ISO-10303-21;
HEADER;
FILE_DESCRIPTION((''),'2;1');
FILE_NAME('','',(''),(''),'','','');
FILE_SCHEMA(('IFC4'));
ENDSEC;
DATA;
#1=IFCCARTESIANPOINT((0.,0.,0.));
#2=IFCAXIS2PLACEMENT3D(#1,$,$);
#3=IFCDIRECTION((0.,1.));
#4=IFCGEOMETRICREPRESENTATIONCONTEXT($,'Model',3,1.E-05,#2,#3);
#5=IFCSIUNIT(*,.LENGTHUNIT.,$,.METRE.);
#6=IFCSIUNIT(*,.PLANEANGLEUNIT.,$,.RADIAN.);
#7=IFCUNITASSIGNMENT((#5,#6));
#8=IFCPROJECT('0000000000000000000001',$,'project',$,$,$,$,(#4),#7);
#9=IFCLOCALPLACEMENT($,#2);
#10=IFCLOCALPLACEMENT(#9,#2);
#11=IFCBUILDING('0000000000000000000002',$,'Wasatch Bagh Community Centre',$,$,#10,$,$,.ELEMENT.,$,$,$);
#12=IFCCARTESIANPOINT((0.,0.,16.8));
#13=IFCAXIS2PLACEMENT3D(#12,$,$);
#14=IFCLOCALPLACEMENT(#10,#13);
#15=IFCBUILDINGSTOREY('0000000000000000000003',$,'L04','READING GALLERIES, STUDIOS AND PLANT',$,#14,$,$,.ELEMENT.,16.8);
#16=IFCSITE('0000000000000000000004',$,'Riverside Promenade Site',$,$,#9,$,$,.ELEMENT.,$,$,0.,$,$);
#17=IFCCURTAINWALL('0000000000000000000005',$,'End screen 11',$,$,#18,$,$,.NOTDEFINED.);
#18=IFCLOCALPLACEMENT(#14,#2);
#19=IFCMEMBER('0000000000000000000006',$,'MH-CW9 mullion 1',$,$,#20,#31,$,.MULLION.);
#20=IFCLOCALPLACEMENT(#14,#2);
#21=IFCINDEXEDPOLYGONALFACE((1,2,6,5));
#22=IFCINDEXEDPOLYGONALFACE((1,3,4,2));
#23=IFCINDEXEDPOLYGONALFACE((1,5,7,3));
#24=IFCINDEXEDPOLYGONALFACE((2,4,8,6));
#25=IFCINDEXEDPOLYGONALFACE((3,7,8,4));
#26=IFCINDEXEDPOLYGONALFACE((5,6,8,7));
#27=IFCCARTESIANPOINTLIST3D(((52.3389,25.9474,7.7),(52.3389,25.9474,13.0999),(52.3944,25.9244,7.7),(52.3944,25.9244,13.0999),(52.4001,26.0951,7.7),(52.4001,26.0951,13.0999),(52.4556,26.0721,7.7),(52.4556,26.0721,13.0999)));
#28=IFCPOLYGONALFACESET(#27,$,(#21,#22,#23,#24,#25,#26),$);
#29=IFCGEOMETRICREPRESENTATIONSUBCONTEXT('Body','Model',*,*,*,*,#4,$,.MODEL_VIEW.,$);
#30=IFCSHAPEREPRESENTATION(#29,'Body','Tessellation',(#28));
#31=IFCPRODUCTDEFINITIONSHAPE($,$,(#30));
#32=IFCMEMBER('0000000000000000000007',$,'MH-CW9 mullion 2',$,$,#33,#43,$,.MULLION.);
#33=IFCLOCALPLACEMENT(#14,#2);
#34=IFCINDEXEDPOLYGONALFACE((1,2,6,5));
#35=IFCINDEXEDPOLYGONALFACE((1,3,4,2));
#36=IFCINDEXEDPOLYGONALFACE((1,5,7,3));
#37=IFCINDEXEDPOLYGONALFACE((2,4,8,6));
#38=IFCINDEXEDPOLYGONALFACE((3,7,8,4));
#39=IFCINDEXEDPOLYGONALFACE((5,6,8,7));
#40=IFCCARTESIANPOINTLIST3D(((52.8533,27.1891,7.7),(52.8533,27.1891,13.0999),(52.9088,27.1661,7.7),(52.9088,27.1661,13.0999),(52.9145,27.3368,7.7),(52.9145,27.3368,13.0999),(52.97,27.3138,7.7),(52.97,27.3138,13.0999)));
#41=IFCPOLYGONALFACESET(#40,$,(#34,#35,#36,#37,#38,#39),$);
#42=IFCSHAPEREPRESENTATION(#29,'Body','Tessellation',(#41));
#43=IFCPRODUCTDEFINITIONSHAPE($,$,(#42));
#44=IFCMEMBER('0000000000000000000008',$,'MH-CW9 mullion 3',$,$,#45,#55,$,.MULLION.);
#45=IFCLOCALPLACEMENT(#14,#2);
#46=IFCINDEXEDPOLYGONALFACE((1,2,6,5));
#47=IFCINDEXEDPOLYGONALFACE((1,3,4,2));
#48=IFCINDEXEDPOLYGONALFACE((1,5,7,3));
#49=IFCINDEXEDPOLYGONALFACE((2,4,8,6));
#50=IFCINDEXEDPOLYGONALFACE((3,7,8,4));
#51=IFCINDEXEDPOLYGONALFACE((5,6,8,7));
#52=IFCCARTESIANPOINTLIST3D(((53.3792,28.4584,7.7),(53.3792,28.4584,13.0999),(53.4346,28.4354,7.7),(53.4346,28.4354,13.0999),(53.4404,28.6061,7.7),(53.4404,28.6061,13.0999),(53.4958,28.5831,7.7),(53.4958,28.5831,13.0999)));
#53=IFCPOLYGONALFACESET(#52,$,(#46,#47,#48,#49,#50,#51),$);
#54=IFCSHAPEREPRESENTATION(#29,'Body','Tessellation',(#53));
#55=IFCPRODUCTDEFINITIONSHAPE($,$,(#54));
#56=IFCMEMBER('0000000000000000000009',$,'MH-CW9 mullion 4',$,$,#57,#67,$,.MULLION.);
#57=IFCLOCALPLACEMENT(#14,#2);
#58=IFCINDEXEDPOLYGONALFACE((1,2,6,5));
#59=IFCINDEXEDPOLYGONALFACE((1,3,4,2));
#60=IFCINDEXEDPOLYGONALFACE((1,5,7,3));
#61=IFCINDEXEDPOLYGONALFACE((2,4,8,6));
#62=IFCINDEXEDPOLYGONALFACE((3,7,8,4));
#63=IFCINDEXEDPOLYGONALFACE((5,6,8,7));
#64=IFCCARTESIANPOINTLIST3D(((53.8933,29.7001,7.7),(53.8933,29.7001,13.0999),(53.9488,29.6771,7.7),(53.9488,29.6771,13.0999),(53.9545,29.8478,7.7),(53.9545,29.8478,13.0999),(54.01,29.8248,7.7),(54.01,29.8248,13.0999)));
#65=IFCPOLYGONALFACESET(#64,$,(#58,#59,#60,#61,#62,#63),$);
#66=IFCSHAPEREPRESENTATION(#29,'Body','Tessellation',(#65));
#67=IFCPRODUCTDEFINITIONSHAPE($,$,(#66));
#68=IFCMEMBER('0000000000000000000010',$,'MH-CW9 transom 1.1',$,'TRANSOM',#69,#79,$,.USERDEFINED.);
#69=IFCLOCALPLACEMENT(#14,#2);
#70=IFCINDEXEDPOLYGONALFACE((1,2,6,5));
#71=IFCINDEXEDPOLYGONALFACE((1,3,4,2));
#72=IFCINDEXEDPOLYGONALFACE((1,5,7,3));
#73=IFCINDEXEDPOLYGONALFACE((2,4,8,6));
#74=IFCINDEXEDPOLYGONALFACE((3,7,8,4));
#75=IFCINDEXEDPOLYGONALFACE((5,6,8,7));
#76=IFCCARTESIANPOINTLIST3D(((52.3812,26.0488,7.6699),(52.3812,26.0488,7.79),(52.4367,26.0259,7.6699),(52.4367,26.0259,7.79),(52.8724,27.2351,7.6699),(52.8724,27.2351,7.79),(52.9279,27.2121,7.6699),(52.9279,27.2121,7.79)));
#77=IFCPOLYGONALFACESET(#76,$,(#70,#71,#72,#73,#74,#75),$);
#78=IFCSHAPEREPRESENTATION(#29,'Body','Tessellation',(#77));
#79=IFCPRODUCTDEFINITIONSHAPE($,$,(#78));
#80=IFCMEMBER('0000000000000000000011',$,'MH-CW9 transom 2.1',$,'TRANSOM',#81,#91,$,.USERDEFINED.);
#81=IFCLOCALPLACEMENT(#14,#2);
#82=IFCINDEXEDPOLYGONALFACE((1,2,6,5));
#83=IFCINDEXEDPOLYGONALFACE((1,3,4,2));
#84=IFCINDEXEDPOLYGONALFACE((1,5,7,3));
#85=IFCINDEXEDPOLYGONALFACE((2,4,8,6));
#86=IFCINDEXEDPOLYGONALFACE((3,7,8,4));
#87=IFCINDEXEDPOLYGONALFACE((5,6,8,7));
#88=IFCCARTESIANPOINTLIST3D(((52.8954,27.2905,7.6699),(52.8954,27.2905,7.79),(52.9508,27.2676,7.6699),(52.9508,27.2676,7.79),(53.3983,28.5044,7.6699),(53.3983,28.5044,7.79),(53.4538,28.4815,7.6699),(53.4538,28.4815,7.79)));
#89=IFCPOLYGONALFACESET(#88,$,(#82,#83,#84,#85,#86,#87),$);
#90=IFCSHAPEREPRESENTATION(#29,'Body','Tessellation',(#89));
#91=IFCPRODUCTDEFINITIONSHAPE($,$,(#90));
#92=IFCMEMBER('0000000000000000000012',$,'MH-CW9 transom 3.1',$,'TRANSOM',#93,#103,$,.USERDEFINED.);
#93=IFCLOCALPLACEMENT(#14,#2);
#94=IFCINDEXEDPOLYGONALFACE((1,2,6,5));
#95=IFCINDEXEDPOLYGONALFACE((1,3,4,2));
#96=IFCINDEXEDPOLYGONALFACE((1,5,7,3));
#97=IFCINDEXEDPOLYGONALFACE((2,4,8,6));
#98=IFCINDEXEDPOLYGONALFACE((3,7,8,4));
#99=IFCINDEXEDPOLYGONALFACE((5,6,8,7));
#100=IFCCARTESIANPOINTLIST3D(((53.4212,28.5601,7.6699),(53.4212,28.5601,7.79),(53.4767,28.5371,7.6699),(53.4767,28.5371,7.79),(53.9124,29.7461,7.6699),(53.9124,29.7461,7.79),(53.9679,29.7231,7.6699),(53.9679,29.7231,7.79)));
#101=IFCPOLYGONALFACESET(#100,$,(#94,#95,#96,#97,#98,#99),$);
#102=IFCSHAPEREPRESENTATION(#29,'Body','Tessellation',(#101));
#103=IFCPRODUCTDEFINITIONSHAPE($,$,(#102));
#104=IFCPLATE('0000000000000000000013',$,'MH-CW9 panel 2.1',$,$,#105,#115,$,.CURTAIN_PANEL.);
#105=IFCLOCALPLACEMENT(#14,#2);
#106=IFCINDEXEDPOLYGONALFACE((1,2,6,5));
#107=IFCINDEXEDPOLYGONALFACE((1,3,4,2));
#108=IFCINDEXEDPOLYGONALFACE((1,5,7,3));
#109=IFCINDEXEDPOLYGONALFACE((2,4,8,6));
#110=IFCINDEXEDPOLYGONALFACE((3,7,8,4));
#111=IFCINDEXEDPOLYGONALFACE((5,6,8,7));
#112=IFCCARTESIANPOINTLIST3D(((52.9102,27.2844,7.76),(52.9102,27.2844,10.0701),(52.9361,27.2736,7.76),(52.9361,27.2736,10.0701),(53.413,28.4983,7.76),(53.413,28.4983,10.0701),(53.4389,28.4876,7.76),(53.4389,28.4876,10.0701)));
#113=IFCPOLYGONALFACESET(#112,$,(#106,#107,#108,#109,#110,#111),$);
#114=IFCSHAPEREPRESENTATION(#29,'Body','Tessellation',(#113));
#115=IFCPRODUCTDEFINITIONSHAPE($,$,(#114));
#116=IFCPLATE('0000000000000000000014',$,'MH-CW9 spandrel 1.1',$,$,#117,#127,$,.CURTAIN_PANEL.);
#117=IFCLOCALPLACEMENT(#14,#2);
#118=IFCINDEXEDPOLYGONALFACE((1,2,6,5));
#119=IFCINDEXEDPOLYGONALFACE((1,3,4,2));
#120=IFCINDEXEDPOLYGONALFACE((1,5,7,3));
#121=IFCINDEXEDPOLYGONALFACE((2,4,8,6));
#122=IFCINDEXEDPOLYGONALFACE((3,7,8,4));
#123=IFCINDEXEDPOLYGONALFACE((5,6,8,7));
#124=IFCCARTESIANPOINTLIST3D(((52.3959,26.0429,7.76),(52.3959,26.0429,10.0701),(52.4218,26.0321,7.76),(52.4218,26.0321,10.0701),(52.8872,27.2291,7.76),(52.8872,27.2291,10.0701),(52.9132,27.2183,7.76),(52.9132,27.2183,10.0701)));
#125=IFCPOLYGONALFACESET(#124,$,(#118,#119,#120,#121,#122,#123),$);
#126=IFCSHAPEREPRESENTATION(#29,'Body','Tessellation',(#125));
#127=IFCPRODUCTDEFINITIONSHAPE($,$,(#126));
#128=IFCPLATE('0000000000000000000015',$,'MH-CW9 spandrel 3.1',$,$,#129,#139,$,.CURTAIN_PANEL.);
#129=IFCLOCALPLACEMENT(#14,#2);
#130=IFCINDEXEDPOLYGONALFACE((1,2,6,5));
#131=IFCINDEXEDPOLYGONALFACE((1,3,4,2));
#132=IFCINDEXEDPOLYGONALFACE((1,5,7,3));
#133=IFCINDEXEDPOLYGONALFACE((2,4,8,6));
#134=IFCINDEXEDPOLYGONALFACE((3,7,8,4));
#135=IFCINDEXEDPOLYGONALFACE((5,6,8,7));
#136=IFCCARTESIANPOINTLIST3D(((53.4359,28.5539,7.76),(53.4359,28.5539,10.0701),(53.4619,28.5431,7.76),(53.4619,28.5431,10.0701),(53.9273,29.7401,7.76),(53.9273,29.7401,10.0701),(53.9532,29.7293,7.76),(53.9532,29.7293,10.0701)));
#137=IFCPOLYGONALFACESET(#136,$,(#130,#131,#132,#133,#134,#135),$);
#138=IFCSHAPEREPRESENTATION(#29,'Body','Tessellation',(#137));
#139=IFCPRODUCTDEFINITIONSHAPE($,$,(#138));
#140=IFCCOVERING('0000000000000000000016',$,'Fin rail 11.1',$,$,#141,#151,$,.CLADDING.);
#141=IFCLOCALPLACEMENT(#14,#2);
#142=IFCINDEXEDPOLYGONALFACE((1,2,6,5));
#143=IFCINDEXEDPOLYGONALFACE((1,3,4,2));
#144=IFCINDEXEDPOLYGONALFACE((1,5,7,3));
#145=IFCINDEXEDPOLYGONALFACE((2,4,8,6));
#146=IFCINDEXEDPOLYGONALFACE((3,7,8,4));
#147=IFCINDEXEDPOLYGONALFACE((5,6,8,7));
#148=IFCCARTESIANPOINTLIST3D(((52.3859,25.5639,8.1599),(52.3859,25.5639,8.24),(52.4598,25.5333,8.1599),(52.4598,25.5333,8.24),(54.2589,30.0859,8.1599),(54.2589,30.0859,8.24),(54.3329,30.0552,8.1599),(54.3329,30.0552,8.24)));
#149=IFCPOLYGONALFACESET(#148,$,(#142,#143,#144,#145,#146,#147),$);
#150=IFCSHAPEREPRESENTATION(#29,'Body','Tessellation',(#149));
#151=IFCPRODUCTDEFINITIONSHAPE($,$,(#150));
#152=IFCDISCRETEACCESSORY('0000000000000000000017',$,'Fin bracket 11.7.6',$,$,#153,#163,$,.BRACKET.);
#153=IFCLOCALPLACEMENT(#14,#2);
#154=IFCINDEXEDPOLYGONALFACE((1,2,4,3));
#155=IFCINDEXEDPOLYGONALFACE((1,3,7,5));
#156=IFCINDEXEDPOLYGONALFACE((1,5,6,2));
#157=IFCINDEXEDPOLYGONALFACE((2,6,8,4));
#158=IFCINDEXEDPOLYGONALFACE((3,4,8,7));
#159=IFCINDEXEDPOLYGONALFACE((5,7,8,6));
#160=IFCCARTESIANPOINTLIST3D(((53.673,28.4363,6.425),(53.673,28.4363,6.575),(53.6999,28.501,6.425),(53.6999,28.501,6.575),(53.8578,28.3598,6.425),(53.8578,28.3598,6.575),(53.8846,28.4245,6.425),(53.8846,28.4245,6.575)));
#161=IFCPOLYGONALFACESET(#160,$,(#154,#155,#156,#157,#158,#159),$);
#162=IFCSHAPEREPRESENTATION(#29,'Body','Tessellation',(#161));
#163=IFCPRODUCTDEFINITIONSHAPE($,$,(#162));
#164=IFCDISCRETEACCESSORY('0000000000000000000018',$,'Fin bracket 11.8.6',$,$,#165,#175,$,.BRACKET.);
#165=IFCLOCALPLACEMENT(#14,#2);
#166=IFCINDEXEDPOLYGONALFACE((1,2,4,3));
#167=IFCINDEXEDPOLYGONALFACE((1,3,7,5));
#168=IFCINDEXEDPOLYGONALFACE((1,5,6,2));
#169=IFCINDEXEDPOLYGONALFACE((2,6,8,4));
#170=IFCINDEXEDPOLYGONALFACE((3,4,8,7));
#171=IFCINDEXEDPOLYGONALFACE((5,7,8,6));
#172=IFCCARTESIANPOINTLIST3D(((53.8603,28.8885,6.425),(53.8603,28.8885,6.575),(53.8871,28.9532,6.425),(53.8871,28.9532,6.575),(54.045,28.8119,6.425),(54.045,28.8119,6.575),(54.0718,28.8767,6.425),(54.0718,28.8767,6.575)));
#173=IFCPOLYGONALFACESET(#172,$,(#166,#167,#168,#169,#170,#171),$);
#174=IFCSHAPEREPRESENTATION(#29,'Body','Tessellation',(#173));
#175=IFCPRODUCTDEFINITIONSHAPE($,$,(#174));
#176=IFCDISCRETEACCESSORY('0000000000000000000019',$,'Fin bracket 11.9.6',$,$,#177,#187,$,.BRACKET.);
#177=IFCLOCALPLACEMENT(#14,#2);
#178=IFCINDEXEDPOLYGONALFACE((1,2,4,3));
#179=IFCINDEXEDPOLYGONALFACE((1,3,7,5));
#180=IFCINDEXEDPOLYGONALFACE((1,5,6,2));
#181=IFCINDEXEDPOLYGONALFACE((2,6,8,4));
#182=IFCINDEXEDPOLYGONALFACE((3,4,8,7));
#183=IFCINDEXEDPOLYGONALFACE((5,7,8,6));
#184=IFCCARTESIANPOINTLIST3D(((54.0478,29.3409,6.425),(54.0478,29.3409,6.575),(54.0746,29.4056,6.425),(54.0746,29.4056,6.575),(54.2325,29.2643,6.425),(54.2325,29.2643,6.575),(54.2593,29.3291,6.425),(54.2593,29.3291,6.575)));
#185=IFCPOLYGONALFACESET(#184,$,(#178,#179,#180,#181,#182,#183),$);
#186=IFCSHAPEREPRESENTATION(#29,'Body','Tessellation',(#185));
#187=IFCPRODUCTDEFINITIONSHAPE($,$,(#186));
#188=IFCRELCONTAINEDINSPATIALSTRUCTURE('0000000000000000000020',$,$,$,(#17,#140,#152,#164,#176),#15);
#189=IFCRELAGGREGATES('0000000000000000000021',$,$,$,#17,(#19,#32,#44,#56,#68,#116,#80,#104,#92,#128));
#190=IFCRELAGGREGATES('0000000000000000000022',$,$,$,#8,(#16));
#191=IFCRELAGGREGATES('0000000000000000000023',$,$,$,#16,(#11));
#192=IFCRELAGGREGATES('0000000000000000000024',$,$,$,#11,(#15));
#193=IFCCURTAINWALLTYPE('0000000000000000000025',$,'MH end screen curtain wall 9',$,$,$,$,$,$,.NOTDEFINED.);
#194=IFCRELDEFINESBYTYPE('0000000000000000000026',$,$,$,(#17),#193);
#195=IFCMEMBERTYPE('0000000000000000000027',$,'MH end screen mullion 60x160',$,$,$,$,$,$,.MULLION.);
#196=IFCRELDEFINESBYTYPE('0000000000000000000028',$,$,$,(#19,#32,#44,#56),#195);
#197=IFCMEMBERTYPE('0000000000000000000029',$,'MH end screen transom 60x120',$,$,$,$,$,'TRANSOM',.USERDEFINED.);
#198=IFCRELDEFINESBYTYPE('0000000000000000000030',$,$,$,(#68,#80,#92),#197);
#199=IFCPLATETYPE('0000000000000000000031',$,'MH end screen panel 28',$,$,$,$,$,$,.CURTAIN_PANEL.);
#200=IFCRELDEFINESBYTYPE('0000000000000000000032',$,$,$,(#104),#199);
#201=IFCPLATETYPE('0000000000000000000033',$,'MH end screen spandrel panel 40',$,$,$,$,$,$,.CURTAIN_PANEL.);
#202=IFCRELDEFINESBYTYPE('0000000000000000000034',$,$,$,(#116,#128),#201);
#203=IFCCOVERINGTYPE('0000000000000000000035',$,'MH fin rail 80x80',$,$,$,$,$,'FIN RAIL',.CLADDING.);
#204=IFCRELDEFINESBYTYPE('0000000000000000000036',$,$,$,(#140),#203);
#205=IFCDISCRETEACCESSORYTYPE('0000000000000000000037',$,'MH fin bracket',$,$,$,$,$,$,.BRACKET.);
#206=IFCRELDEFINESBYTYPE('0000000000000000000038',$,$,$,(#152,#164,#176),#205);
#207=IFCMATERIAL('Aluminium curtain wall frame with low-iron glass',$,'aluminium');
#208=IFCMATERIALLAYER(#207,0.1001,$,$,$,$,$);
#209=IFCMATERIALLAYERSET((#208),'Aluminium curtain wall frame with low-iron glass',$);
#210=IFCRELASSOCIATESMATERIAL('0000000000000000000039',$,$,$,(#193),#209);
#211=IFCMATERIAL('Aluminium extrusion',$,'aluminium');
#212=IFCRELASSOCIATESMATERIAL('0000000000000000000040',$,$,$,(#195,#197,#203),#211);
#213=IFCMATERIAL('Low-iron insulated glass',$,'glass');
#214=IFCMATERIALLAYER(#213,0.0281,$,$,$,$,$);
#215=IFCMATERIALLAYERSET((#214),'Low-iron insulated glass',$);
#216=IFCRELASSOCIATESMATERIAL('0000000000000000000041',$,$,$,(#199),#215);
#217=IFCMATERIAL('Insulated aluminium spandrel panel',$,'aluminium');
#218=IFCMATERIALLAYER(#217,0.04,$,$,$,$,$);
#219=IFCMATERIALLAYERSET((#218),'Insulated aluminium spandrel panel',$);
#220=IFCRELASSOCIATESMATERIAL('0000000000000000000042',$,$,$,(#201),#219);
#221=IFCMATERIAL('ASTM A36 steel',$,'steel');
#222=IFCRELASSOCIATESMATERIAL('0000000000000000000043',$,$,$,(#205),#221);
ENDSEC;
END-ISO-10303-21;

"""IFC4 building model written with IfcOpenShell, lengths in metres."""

from ifc_helpers import new_model, si_unit, direction, frame, origin, origin_2d, place, context, subcontext, project, spatial, rectangle, extrude, material, layer, layer_set, material_profile, profile_set, type_object, element, aggregate, save


model = new_model("IFC4")

# Units and contexts
model_context = context("Model", 3, precision=1e-05, world=origin(), true_north=direction((0.0, 1.0)))
body_context = subcontext(model_context, "Body", "Model", "MODEL_VIEW")
ifc_project = project(units=[si_unit("LENGTHUNIT", "METRE"), si_unit("PLANEANGLEUNIT", "RADIAN")], contexts=[model_context])

# Site, building, storey
site_placement = place(None, origin())
site = spatial("IfcSite", under=ifc_project, at=site_placement, Name="Riverside Promenade Site", CompositionType="ELEMENT", RefElevation=0.0)
building_placement = place(site_placement, origin())
building = spatial("IfcBuilding", under=site, at=building_placement, Name="Wasatch Bagh Community Centre", CompositionType="ELEMENT")
storey_placement = place(building_placement, frame((0.0, 0.0, 16.8)))
storey = spatial("IfcBuildingStorey", under=building, at=storey_placement, Name="L04", Description="READING GALLERIES, STUDIOS AND PLANT", CompositionType="ELEMENT", Elevation=16.8)

# Curtain wall, members, plates
ifc_material_1 = material(Name="Aluminium curtain wall frame with low-iron glass", Category="aluminium")
ifc_layer_1 = layer(ifc_material_1, 0.1001)
ifc_layer_set_1 = layer_set([ifc_layer_1], Name="Aluminium curtain wall frame with low-iron glass")
curtain_wall_type = type_object("IfcCurtainWallType", Name="MH end screen curtain wall 9", PredefinedType="NOTDEFINED", material=ifc_layer_set_1)
curtain_wall_placement = place(storey_placement, origin())
curtain_wall = element("IfcCurtainWall", 1, at=curtain_wall_placement, inside=storey, type_object=curtain_wall_type, Name="End screen 11", PredefinedType="NOTDEFINED")
ifc_material_2 = material(Name="Aluminium extrusion", Category="aluminium")
ifc_material_profile_1 = material_profile(ifc_material_2, rectangle(XDim=0.0601, YDim=0.1599, at=origin_2d()), Name="AL 60x160")
ifc_profile_set_1 = profile_set([ifc_material_profile_1], Name="Aluminium extrusion")
member_type_1 = type_object("IfcMemberType", Name="MH end screen mullion 60x160", PredefinedType="MULLION", material=ifc_profile_set_1)
member_1_placement = place(storey_placement, frame((52.3972, 26.0098, 7.7), z_axis=(0.0, 0.0, 1.0), x_axis=(-0.92388, 0.382683, 0.0)))
member_1 = element("IfcMember", 2, at=member_1_placement, type_object=member_type_1, Name="MH-CW9 mullion 1", PredefinedType="MULLION", context=body_context, shape_type="SweptSolid", body=[
    extrude(rectangle(XDim=0.0601, YDim=0.1599, at=origin_2d()), origin(), (0.0, 0.0, 1.0), 5.3999),
])
member_2_placement = place(storey_placement, frame((52.9116, 27.2515, 7.7), z_axis=(0.0, 0.0, 1.0), x_axis=(-0.92388, 0.382683, 0.0)))
member_2 = element("IfcMember", 3, at=member_2_placement, type_object=member_type_1, Name="MH-CW9 mullion 2", PredefinedType="MULLION", context=body_context, shape_type="SweptSolid", body=[
    extrude(rectangle(XDim=0.0601, YDim=0.1599, at=origin_2d()), origin(), (0.0, 0.0, 1.0), 5.3999),
])
member_3_placement = place(storey_placement, frame((53.4375, 28.5208, 7.7), z_axis=(0.0, 0.0, 1.0), x_axis=(-0.92388, 0.382683, 0.0)))
member_3 = element("IfcMember", 4, at=member_3_placement, type_object=member_type_1, Name="MH-CW9 mullion 3", PredefinedType="MULLION", context=body_context, shape_type="SweptSolid", body=[
    extrude(rectangle(XDim=0.0601, YDim=0.1599, at=origin_2d()), origin(), (0.0, 0.0, 1.0), 5.3999),
])
member_4_placement = place(storey_placement, frame((53.9517, 29.7625, 7.7), z_axis=(0.0, 0.0, 1.0), x_axis=(-0.92388, 0.382683, 0.0)))
member_4 = element("IfcMember", 5, at=member_4_placement, type_object=member_type_1, Name="MH-CW9 mullion 4", PredefinedType="MULLION", context=body_context, shape_type="SweptSolid", body=[
    extrude(rectangle(XDim=0.0601, YDim=0.1599, at=origin_2d()), origin(), (0.0, 0.0, 1.0), 5.3999),
])
ifc_material_profile_2 = material_profile(ifc_material_2, rectangle(XDim=0.0601, YDim=0.1201, at=origin_2d()), Name="AL 60x120")
ifc_profile_set_2 = profile_set([ifc_material_profile_2], Name="Aluminium extrusion")
member_type_2 = type_object("IfcMemberType", Name="MH end screen transom 60x120", ElementType="TRANSOM", PredefinedType="USERDEFINED", material=ifc_profile_set_2)
member_5_placement = place(storey_placement, frame((52.4089, 26.0374, 7.73), z_axis=(0.382576, 0.923924, 0.0), x_axis=(-0.923924, 0.382576, 0.0)))
member_5 = element("IfcMember", 6, at=member_5_placement, type_object=member_type_2, Name="MH-CW9 transom 1.1", ObjectType="TRANSOM", PredefinedType="USERDEFINED", context=body_context, shape_type="SweptSolid", body=[
    extrude(rectangle(XDim=0.0601, YDim=0.1201, at=origin_2d()), origin(), (0.0, 0.0, 1.0), 1.2839),
])
member_6_placement = place(storey_placement, frame((52.9231, 27.2791, 7.73), z_axis=(0.382768, 0.923845, 0.0), x_axis=(-0.923845, 0.382768, 0.0)))
member_6 = element("IfcMember", 7, at=member_6_placement, type_object=member_type_2, Name="MH-CW9 transom 2.1", ObjectType="TRANSOM", PredefinedType="USERDEFINED", context=body_context, shape_type="SweptSolid", body=[
    extrude(rectangle(XDim=0.0601, YDim=0.1201, at=origin_2d()), origin(), (0.0, 0.0, 1.0), 1.314),
])
member_7_placement = place(storey_placement, frame((53.449, 28.5486, 7.73), z_axis=(0.382643, 0.923896, 0.0), x_axis=(-0.923896, 0.382643, 0.0)))
member_7 = element("IfcMember", 8, at=member_7_placement, type_object=member_type_2, Name="MH-CW9 transom 3.1", ObjectType="TRANSOM", PredefinedType="USERDEFINED", context=body_context, shape_type="SweptSolid", body=[
    extrude(rectangle(XDim=0.0601, YDim=0.1201, at=origin_2d()), origin(), (0.0, 0.0, 1.0), 1.2837),
])
ifc_material_3 = material(Name="Low-iron insulated glass", Category="glass")
ifc_layer_2 = layer(ifc_material_3, 0.0281)
ifc_layer_set_2 = layer_set([ifc_layer_2], Name="Low-iron insulated glass")
plate_type_1 = type_object("IfcPlateType", Name="MH end screen panel 28", PredefinedType="CURTAIN_PANEL", material=ifc_layer_set_2)
plate_1_placement = place(storey_placement, frame((53.1746, 27.886, 7.76), z_axis=(0.0, 0.0, 1.0), x_axis=(0.382683, 0.92388, 0.0)))
plate_1 = element("IfcPlate", 9, at=plate_1_placement, type_object=plate_type_1, Name="MH-CW9 panel 2.1", PredefinedType="CURTAIN_PANEL", context=body_context, shape_type="SweptSolid", body=[
    extrude(rectangle(XDim=1.314, YDim=0.0281, at=origin_2d()), origin(), (0.0, 0.0, 1.0), 2.3101),
])
ifc_material_4 = material(Name="Insulated aluminium spandrel panel", Category="aluminium")
ifc_layer_3 = layer(ifc_material_4, 0.04)
ifc_layer_set_3 = layer_set([ifc_layer_3], Name="Insulated aluminium spandrel panel")
plate_type_2 = type_object("IfcPlateType", Name="MH end screen spandrel panel 40", PredefinedType="CURTAIN_PANEL", material=ifc_layer_set_3)
plate_2_placement = place(storey_placement, frame((52.6545, 26.6306, 7.76), z_axis=(0.0, 0.0, 1.0), x_axis=(0.382683, 0.92388, 0.0)))
plate_2 = element("IfcPlate", 10, at=plate_2_placement, type_object=plate_type_2, Name="MH-CW9 spandrel 1.1", PredefinedType="CURTAIN_PANEL", context=body_context, shape_type="SweptSolid", body=[
    extrude(rectangle(XDim=1.2839, YDim=0.0281, at=origin_2d()), origin(), (0.0, 0.0, 1.0), 2.3101),
])
plate_3_placement = place(storey_placement, frame((53.6946, 29.1416, 7.76), z_axis=(0.0, 0.0, 1.0), x_axis=(0.382683, 0.92388, 0.0)))
plate_3 = element("IfcPlate", 11, at=plate_3_placement, type_object=plate_type_2, Name="MH-CW9 spandrel 3.1", PredefinedType="CURTAIN_PANEL", context=body_context, shape_type="SweptSolid", body=[
    extrude(rectangle(XDim=1.2839, YDim=0.0281, at=origin_2d()), origin(), (0.0, 0.0, 1.0), 2.3101),
])
aggregate(curtain_wall, [member_1, member_2, member_3, member_4, member_5, plate_2, member_6, plate_1, member_7, plate_3])

# Covering
ifc_material_profile_3 = material_profile(ifc_material_2, rectangle(XDim=0.0801, YDim=0.0801, at=origin_2d()), Name="AL 80x80")
ifc_profile_set_3 = profile_set([ifc_material_profile_3], Name="Aluminium extrusion")
covering_type = type_object("IfcCoveringType", Name="MH fin rail 80x80", ElementType="FIN RAIL", PredefinedType="CLADDING", material=ifc_profile_set_3)
covering_placement = place(storey_placement, frame((52.4229, 25.5486, 8.2), z_axis=(0.382681, 0.923881, 0.0), x_axis=(-0.923881, 0.382681, 0.0)))
element("IfcCovering", 12, at=covering_placement, inside=storey, type_object=covering_type, Name="Fin rail 11.1", PredefinedType="CLADDING", context=body_context, shape_type="SweptSolid", body=[
    extrude(rectangle(XDim=0.0801, YDim=0.0801, at=origin_2d()), origin(), (0.0, 0.0, 1.0), 4.8945),
])

# Discrete accessories
ifc_material_5 = material(Name="ASTM A36 steel", Category="steel")
discrete_accessory_type_1 = type_object("IfcDiscreteAccessoryType", Name="MH fin bracket", PredefinedType="BRACKET", material=ifc_material_5)
for number, where, z_axis, x_axis, name in (
    (13, (53.7788, 28.4304, 6.425), (0.0, 0.0, 1.0), (0.382683, 0.92388, 0.0), "Fin bracket 11.7.6"),
    (14, (53.9661, 28.8826, 6.425), (0.0, 0.0, 1.0), (0.382683, 0.92388, 0.0), "Fin bracket 11.8.6"),
    (15, (54.1536, 29.335, 6.425), (0.0, 0.0, 1.0), (0.382683, 0.92388, 0.0), "Fin bracket 11.9.6"),
):
    element("IfcDiscreteAccessory", number, at=place(storey_placement, frame(where, z_axis=z_axis, x_axis=x_axis)), inside=storey, type_object=discrete_accessory_type_1, Name=name, PredefinedType="BRACKET", context=body_context, shape_type="SweptSolid", body=[
        extrude(rectangle(XDim=0.0701, YDim=0.2, at=origin_2d()), origin(), (0.0, 0.0, 1.0), 0.1499),
    ])

save(model, "model.ifc")
